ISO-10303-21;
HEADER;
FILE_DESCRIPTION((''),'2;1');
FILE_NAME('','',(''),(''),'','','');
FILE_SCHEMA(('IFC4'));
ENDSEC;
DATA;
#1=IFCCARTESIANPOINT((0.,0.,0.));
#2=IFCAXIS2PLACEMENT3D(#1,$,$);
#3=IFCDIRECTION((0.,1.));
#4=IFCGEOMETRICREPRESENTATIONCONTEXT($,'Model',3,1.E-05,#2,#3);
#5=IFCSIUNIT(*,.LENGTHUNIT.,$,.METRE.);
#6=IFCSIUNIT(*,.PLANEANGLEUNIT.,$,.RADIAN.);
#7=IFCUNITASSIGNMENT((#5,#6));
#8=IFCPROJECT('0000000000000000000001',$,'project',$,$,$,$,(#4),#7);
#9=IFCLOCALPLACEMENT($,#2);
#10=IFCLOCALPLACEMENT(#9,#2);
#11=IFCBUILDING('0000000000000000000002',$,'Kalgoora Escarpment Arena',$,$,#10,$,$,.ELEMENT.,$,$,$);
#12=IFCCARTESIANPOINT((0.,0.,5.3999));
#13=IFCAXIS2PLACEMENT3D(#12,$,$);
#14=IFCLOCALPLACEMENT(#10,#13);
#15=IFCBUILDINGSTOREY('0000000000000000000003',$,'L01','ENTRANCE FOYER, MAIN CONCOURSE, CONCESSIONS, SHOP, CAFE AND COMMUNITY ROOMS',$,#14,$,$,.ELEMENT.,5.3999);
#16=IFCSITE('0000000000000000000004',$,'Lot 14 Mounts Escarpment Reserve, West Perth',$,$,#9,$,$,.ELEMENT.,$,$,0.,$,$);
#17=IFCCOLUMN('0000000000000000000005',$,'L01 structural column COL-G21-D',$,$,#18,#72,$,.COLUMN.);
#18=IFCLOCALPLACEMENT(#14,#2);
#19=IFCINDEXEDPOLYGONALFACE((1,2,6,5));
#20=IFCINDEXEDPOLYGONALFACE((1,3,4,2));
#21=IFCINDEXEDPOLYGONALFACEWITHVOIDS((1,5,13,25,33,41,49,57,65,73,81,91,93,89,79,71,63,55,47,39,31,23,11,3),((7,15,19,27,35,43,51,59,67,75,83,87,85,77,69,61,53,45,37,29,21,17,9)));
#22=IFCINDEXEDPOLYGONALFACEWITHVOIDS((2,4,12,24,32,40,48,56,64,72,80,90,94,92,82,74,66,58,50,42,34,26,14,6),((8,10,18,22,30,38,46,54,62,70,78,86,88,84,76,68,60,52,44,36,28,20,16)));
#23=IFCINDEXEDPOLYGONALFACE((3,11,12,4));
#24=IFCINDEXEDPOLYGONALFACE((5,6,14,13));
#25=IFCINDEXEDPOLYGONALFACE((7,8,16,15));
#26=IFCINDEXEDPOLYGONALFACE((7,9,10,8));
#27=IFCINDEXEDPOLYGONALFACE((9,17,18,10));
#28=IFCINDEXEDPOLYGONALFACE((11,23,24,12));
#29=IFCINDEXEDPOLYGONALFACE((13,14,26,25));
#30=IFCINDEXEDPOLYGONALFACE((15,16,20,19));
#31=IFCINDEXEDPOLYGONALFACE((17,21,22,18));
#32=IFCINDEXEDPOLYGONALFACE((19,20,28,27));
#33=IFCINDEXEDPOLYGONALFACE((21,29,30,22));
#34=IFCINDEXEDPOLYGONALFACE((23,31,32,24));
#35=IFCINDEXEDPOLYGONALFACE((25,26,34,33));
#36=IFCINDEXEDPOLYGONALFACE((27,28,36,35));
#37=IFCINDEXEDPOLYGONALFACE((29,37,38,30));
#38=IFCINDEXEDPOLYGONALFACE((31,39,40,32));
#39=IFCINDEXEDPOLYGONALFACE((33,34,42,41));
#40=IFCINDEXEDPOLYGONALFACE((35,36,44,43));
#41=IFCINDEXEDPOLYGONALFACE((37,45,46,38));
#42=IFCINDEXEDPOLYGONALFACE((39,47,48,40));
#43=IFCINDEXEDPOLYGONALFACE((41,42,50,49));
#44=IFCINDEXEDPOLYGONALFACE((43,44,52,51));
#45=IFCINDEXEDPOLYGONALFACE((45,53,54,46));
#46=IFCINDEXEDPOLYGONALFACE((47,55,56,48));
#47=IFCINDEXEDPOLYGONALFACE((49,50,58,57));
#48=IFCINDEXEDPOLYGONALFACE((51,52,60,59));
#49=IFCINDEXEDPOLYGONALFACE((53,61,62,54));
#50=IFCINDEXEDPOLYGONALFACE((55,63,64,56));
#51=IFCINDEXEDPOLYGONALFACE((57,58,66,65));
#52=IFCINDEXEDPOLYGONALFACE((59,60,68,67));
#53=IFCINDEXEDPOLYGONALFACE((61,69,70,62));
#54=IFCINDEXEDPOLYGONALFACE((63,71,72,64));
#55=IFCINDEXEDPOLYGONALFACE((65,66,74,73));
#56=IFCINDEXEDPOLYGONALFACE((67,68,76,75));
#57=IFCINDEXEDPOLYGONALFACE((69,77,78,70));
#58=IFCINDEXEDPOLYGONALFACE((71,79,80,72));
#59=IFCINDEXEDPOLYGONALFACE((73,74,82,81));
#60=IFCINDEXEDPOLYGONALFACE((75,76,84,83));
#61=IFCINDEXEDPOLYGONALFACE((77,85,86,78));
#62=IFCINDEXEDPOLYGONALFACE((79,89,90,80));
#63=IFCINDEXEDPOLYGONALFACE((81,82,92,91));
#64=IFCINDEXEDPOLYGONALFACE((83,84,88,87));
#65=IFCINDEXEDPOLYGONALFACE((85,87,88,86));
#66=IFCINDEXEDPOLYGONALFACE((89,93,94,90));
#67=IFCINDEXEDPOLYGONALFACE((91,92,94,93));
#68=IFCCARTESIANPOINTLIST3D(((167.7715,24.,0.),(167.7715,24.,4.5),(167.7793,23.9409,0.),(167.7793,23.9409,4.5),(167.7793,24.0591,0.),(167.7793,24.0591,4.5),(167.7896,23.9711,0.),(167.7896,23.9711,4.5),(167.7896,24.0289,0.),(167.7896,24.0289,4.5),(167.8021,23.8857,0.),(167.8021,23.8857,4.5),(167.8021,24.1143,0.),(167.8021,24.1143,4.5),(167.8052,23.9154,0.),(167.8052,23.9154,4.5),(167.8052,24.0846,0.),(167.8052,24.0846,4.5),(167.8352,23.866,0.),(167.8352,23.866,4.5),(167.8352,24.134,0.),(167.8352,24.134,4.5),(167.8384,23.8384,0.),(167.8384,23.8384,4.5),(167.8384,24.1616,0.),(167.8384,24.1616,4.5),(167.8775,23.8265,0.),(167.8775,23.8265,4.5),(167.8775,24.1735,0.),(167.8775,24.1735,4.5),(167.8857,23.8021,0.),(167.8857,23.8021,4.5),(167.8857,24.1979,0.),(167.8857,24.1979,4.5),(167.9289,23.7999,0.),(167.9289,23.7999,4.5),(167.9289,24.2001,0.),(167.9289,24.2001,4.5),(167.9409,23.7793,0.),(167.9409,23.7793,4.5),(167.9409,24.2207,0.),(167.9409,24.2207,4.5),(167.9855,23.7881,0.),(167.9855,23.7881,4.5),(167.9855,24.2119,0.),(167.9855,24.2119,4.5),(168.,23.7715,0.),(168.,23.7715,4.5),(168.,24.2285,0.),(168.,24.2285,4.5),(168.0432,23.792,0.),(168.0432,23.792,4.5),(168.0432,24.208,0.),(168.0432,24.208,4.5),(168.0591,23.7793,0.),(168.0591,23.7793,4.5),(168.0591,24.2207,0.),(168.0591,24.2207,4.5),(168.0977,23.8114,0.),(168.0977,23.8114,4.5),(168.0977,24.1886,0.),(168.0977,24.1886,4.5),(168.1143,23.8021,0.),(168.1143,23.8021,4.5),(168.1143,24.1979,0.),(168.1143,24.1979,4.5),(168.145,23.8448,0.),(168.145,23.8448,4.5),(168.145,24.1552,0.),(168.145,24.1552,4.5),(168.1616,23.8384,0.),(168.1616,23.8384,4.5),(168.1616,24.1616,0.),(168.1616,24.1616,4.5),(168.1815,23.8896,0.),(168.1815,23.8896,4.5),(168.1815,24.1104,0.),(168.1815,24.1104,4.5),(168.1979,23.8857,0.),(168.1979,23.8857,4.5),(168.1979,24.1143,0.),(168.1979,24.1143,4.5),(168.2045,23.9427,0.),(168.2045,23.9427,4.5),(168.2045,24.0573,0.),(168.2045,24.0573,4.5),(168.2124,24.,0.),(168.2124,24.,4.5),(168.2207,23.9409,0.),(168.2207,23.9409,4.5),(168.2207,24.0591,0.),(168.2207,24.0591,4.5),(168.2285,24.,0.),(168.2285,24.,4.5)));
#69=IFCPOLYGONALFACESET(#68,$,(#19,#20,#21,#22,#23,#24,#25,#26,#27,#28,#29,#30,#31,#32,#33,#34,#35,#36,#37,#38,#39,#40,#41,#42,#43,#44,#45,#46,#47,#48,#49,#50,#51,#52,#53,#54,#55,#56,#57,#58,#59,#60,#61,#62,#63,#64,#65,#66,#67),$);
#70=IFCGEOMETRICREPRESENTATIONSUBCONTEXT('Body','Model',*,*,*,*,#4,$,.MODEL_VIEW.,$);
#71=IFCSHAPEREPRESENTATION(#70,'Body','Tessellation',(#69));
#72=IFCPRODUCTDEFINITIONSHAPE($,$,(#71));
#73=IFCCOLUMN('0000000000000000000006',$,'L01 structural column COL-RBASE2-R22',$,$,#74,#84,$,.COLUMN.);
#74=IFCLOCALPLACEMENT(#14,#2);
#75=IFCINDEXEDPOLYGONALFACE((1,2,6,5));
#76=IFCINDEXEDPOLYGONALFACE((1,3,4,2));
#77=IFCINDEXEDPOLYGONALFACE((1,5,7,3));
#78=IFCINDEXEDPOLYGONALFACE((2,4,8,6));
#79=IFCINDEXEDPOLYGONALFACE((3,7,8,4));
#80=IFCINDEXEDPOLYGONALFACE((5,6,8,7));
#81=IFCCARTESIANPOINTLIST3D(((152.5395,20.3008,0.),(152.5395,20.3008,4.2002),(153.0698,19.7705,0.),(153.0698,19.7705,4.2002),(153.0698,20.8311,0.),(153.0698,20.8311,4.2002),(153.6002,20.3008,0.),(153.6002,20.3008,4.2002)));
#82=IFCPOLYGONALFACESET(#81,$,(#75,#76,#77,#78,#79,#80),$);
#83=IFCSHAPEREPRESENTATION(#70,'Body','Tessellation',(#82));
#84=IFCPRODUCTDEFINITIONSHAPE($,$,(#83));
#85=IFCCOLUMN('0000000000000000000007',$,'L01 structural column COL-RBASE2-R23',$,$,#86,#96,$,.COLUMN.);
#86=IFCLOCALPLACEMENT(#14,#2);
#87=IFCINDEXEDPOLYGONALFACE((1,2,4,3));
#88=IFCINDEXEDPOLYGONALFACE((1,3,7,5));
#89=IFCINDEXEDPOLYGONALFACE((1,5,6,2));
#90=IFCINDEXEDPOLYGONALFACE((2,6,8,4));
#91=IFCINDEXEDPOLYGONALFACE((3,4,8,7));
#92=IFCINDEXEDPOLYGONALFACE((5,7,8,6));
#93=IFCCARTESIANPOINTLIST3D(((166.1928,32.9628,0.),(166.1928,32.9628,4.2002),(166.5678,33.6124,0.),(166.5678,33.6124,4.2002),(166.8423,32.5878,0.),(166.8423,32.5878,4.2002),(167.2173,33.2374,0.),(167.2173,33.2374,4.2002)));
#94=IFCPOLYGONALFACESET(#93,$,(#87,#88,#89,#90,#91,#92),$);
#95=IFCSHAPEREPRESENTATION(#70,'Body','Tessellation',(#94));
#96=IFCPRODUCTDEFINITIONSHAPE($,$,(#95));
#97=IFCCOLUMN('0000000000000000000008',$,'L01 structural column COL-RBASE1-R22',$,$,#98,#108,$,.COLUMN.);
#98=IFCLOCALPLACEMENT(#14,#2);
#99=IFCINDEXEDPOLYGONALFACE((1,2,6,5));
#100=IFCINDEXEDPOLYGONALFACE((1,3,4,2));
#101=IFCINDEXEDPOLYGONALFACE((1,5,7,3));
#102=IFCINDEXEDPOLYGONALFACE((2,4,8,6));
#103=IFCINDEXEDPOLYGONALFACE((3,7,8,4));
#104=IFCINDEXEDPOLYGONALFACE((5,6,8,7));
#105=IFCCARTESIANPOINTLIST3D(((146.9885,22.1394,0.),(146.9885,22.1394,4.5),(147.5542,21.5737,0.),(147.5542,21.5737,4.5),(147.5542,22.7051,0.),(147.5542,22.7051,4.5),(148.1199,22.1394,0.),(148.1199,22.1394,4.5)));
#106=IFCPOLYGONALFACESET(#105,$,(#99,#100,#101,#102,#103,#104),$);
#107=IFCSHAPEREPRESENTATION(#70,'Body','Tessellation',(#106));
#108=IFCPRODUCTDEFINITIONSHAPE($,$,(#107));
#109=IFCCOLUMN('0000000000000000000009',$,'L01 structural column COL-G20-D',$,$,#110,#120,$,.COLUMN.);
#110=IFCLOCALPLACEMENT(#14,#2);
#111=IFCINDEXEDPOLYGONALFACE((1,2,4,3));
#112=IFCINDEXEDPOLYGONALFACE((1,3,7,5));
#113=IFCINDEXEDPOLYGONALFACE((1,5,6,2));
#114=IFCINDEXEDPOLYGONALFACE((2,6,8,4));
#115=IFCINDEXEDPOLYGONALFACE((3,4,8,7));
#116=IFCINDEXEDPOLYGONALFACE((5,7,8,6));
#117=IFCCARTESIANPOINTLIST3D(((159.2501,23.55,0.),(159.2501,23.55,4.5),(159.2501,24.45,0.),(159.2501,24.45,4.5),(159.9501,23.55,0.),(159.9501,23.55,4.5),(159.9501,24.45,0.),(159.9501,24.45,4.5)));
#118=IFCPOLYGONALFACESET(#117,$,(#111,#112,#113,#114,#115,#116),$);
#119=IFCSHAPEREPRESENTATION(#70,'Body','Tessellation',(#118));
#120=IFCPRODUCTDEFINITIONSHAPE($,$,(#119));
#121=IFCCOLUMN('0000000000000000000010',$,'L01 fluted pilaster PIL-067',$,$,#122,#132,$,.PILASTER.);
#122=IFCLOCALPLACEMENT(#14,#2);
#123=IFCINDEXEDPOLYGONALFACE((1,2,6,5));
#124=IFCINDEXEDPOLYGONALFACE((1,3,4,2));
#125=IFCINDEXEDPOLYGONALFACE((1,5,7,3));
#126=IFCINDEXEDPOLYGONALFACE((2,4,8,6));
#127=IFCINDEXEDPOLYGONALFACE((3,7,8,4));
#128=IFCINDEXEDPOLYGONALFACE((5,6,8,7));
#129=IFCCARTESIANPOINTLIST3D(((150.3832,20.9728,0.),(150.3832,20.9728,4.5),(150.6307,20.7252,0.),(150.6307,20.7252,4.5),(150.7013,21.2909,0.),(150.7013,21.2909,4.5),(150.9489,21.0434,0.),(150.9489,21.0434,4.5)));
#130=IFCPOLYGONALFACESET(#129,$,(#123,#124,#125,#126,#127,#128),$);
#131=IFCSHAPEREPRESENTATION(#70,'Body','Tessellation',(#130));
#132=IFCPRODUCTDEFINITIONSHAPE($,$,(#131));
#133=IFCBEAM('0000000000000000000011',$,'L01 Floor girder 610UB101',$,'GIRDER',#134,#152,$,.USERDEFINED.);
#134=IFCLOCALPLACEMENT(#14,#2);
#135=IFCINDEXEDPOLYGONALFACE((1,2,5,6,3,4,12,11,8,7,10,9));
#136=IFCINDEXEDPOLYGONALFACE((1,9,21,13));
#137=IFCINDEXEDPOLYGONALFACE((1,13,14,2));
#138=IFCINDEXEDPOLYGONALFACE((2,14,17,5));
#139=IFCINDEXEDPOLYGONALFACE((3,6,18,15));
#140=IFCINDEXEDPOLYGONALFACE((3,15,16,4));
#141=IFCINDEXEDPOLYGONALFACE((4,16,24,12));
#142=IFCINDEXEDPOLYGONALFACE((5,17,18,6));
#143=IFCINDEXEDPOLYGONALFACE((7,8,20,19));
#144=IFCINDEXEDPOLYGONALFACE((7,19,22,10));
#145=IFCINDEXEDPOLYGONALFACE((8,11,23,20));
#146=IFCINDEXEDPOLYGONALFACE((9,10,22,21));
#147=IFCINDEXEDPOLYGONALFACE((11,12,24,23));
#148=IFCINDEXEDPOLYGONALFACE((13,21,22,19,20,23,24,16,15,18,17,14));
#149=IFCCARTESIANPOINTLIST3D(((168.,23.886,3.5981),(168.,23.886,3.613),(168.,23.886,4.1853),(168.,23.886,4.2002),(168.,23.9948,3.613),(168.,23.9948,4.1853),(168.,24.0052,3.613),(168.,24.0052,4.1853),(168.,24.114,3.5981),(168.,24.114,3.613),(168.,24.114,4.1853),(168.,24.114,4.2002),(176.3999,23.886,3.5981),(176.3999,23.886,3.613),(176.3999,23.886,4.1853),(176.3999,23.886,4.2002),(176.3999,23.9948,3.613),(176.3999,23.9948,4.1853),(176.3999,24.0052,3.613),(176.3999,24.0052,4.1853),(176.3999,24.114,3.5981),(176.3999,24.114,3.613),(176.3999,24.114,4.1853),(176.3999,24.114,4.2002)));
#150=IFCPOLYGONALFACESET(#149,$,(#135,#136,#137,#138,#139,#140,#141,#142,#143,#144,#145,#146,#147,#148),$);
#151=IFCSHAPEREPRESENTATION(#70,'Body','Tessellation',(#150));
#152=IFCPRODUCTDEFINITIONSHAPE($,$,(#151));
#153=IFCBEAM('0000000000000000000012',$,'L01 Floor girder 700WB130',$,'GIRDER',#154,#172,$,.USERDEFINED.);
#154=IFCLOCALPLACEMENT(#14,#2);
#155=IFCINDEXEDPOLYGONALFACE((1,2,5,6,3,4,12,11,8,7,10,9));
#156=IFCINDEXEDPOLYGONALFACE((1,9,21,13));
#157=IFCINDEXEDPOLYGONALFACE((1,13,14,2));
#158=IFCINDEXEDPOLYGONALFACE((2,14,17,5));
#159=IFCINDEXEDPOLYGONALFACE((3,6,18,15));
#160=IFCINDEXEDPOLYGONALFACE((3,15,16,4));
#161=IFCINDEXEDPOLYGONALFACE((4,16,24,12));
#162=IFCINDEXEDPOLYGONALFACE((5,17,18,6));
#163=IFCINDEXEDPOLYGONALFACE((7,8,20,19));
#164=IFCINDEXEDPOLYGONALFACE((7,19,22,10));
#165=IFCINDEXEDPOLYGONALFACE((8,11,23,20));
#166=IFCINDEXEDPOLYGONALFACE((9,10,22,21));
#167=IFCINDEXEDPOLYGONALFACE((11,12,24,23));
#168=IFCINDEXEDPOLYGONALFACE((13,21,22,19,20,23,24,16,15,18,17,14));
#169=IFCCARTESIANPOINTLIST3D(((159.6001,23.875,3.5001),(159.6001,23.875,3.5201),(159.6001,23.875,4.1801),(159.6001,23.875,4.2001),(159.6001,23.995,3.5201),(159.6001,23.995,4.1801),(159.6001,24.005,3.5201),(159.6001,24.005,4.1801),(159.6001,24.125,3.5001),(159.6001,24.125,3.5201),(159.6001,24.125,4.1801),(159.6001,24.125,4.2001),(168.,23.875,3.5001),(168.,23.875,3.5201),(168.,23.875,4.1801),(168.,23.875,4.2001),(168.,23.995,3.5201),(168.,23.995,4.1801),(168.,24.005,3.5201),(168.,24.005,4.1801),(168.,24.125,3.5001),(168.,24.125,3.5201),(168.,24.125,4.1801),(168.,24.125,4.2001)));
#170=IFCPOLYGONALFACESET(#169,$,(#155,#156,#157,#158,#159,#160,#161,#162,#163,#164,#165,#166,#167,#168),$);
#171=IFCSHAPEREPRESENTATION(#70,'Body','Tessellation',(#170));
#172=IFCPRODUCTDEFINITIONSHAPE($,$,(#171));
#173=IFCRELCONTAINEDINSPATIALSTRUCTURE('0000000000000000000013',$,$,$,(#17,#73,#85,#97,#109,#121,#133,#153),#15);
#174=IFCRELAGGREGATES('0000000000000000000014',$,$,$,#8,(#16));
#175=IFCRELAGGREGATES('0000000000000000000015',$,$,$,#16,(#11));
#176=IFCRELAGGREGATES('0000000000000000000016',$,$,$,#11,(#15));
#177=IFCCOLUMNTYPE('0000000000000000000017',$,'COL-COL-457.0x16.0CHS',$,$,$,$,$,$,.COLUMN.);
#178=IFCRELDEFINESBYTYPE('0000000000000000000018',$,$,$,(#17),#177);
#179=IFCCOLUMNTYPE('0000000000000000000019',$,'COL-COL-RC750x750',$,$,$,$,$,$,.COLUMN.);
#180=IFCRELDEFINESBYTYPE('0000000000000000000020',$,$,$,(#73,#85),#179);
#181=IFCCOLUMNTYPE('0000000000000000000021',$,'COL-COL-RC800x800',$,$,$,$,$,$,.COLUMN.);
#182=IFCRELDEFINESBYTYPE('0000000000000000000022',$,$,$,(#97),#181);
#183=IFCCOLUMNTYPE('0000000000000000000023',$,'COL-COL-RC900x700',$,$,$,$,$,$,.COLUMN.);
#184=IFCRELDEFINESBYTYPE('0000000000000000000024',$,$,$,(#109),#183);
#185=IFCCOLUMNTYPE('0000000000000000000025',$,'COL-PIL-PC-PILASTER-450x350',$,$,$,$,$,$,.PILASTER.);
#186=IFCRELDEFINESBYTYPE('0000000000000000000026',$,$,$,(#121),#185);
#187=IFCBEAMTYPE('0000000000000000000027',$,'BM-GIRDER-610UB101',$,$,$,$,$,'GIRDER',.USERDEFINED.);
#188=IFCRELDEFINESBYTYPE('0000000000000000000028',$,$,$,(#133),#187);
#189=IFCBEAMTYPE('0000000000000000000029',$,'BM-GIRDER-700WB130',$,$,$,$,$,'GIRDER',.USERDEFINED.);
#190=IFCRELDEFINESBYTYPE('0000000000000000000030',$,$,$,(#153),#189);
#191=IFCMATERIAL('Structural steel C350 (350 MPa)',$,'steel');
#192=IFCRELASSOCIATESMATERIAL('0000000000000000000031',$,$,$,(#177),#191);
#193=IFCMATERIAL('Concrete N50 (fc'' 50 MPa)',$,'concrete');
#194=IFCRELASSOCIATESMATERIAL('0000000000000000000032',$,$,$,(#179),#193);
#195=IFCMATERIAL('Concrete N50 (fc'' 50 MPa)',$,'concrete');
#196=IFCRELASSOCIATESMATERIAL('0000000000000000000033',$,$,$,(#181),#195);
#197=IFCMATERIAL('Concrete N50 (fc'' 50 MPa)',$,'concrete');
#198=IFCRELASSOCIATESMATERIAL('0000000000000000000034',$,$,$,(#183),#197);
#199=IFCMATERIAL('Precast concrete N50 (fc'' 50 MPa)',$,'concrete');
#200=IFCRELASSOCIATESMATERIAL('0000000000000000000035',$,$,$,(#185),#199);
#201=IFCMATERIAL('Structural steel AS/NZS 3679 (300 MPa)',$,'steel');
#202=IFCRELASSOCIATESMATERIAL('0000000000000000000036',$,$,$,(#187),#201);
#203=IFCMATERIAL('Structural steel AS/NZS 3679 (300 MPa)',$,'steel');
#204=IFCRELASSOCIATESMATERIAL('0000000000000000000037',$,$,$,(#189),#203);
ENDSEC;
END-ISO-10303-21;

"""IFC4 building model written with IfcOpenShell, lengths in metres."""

from ifc_helpers import new_model, si_unit, direction, frame, origin, origin_2d, place, context, subcontext, project, spatial, rectangle, hollow_circle, i_section, extrude, material, material_profile, profile_set, type_object, element, save


model = new_model("IFC4")

# Units and contexts
model_context = context("Model", 3, precision=1e-05, world=origin(), true_north=direction((0.0, 1.0)))
body_context = subcontext(model_context, "Body", "Model", "MODEL_VIEW")
ifc_project = project(units=[si_unit("LENGTHUNIT", "METRE"), si_unit("PLANEANGLEUNIT", "RADIAN")], contexts=[model_context])

# Site, building, storey
site_placement = place(None, origin())
site = spatial("IfcSite", under=ifc_project, at=site_placement, Name="Lot 14 Mounts Escarpment Reserve, West Perth", CompositionType="ELEMENT", RefElevation=0.0)
building_placement = place(site_placement, origin())
building = spatial("IfcBuilding", under=site, at=building_placement, Name="Kalgoora Escarpment Arena", CompositionType="ELEMENT")
storey_placement = place(building_placement, frame((0.0, 0.0, 5.3999)))
storey = spatial("IfcBuildingStorey", under=building, at=storey_placement, Name="L01", Description="ENTRANCE FOYER, MAIN CONCOURSE, CONCESSIONS, SHOP, CAFE AND COMMUNITY ROOMS", CompositionType="ELEMENT", Elevation=5.3999)

# Columns
ifc_material_1 = material(Name="Structural steel C350 (350 MPa)", Category="steel")
ifc_material_profile_1 = material_profile(ifc_material_1, hollow_circle(Radius=0.2285, WallThickness=0.0161, at=origin_2d()))
ifc_profile_set_1 = profile_set([ifc_material_profile_1], Name="Structural steel C350 (350 MPa)")
column_type_1 = type_object("IfcColumnType", Name="COL-COL-457.0x16.0CHS", PredefinedType="COLUMN", material=ifc_profile_set_1)
column_1_placement = place(storey_placement, frame((168.0, 24.0, 0.0), z_axis=(0.0, 0.0, 1.0), x_axis=(1.0, 0.0, 0.0)))
element("IfcColumn", 1, at=column_1_placement, inside=storey, type_object=column_type_1, Name="L01 structural column COL-G21-D", PredefinedType="COLUMN", context=body_context, shape_type="SweptSolid", body=[
    extrude(hollow_circle(Radius=0.2285, WallThickness=0.0161, at=origin_2d()), origin(), (0.0, 0.0, 1.0), 4.5),
])
ifc_material_2 = material(Name="Concrete N50 (fc' 50 MPa)", Category="concrete")
ifc_material_profile_2 = material_profile(ifc_material_2, rectangle(XDim=0.75, YDim=0.75, at=origin_2d()))
ifc_profile_set_2 = profile_set([ifc_material_profile_2], Name="Concrete N50 (fc' 50 MPa)")
column_type_2 = type_object("IfcColumnType", Name="COL-COL-RC750x750", PredefinedType="COLUMN", material=ifc_profile_set_2)
for number, where, z_axis, x_axis, name in (
    (2, (153.0698, 20.3008, 0.0), (0.0, 0.0, 1.0), (0.707107, -0.707107, 0.0), "L01 structural column COL-RBASE2-R22"),
    (3, (166.7051, 33.1001, 0.0), (0.0, 0.0, 1.0), (0.866025, -0.5, 0.0), "L01 structural column COL-RBASE2-R23"),
):
    element("IfcColumn", number, at=place(storey_placement, frame(where, z_axis=z_axis, x_axis=x_axis)), inside=storey, type_object=column_type_2, Name=name, PredefinedType="COLUMN", context=body_context, shape_type="SweptSolid", body=[
        extrude(rectangle(XDim=0.75, YDim=0.75, at=origin_2d()), origin(), (0.0, 0.0, 1.0), 4.2002),
    ])
ifc_material_3 = material(Name="Concrete N50 (fc' 50 MPa)", Category="concrete")
ifc_material_profile_3 = material_profile(ifc_material_3, rectangle(XDim=0.8, YDim=0.8, at=origin_2d()))
ifc_profile_set_3 = profile_set([ifc_material_profile_3], Name="Concrete N50 (fc' 50 MPa)")
column_type_3 = type_object("IfcColumnType", Name="COL-COL-RC800x800", PredefinedType="COLUMN", material=ifc_profile_set_3)
column_2_placement = place(storey_placement, frame((147.5542, 22.1394, 0.0), z_axis=(0.0, 0.0, 1.0), x_axis=(0.707107, -0.707107, 0.0)))
element("IfcColumn", 4, at=column_2_placement, inside=storey, type_object=column_type_3, Name="L01 structural column COL-RBASE1-R22", PredefinedType="COLUMN", context=body_context, shape_type="SweptSolid", body=[
    extrude(rectangle(XDim=0.8, YDim=0.8, at=origin_2d()), origin(), (0.0, 0.0, 1.0), 4.5),
])
ifc_material_4 = material(Name="Concrete N50 (fc' 50 MPa)", Category="concrete")
ifc_material_profile_4 = material_profile(ifc_material_4, rectangle(XDim=0.7, YDim=0.8999, at=origin_2d()))
ifc_profile_set_4 = profile_set([ifc_material_profile_4], Name="Concrete N50 (fc' 50 MPa)")
column_type_4 = type_object("IfcColumnType", Name="COL-COL-RC900x700", PredefinedType="COLUMN", material=ifc_profile_set_4)
column_3_placement = place(storey_placement, frame((159.6001, 24.0, 0.0), z_axis=(0.0, 0.0, 1.0), x_axis=(1.0, 0.0, 0.0)))
element("IfcColumn", 5, at=column_3_placement, inside=storey, type_object=column_type_4, Name="L01 structural column COL-G20-D", PredefinedType="COLUMN", context=body_context, shape_type="SweptSolid", body=[
    extrude(rectangle(XDim=0.7, YDim=0.8999, at=origin_2d()), origin(), (0.0, 0.0, 1.0), 4.5),
])
ifc_material_5 = material(Name="Precast concrete N50 (fc' 50 MPa)", Category="concrete")
ifc_material_profile_5 = material_profile(ifc_material_5, rectangle(XDim=0.3501, YDim=0.45, at=origin_2d()))
ifc_profile_set_5 = profile_set([ifc_material_profile_5], Name="Precast concrete N50 (fc' 50 MPa)")
column_type_5 = type_object("IfcColumnType", Name="COL-PIL-PC-PILASTER-450x350", PredefinedType="PILASTER", material=ifc_profile_set_5)
column_4_placement = place(storey_placement, frame((150.666, 21.0081, 0.0), z_axis=(0.0, 0.0, 1.0), x_axis=(0.707107, -0.707107, 0.0)))
element("IfcColumn", 6, at=column_4_placement, inside=storey, type_object=column_type_5, Name="L01 fluted pilaster PIL-067", PredefinedType="PILASTER", context=body_context, shape_type="SweptSolid", body=[
    extrude(rectangle(XDim=0.3501, YDim=0.45, at=origin_2d()), origin(), (0.0, 0.0, 1.0), 4.5),
])

# Beams
ifc_material_6 = material(Name="Structural steel AS/NZS 3679 (300 MPa)", Category="steel")
ifc_material_profile_6 = material_profile(ifc_material_6, i_section(OverallWidth=0.228, OverallDepth=0.6021, WebThickness=0.0105, FlangeThickness=0.0149, at=origin_2d()))
ifc_profile_set_6 = profile_set([ifc_material_profile_6], Name="Structural steel AS/NZS 3679 (300 MPa)")
beam_type_1 = type_object("IfcBeamType", Name="BM-GIRDER-610UB101", ElementType="GIRDER", PredefinedType="USERDEFINED", material=ifc_profile_set_6)
beam_1_placement = place(storey_placement, frame((168.0, 24.0, 3.8992), z_axis=(1.0, 0.0, 0.0), x_axis=(0.0, 1.0, 0.0)))
element("IfcBeam", 7, at=beam_1_placement, inside=storey, type_object=beam_type_1, Name="L01 Floor girder 610UB101", ObjectType="GIRDER", PredefinedType="USERDEFINED", context=body_context, shape_type="SweptSolid", body=[
    extrude(i_section(OverallWidth=0.228, OverallDepth=0.6021, WebThickness=0.0105, FlangeThickness=0.0149, at=origin_2d()), origin(), (0.0, 0.0, 1.0), 8.3999),
])
ifc_material_7 = material(Name="Structural steel AS/NZS 3679 (300 MPa)", Category="steel")
ifc_material_profile_7 = material_profile(ifc_material_7, i_section(OverallWidth=0.25, OverallDepth=0.7, WebThickness=0.01, FlangeThickness=0.02, at=origin_2d()))
ifc_profile_set_7 = profile_set([ifc_material_profile_7], Name="Structural steel AS/NZS 3679 (300 MPa)")
beam_type_2 = type_object("IfcBeamType", Name="BM-GIRDER-700WB130", ElementType="GIRDER", PredefinedType="USERDEFINED", material=ifc_profile_set_7)
beam_2_placement = place(storey_placement, frame((159.6001, 24.0, 3.8501), z_axis=(1.0, 0.0, 0.0), x_axis=(0.0, 1.0, 0.0)))
element("IfcBeam", 8, at=beam_2_placement, inside=storey, type_object=beam_type_2, Name="L01 Floor girder 700WB130", ObjectType="GIRDER", PredefinedType="USERDEFINED", context=body_context, shape_type="SweptSolid", body=[
    extrude(i_section(OverallWidth=0.25, OverallDepth=0.7, WebThickness=0.01, FlangeThickness=0.02, at=origin_2d()), origin(), (0.0, 0.0, 1.0), 8.3999),
])

save(model, "model.ifc")
